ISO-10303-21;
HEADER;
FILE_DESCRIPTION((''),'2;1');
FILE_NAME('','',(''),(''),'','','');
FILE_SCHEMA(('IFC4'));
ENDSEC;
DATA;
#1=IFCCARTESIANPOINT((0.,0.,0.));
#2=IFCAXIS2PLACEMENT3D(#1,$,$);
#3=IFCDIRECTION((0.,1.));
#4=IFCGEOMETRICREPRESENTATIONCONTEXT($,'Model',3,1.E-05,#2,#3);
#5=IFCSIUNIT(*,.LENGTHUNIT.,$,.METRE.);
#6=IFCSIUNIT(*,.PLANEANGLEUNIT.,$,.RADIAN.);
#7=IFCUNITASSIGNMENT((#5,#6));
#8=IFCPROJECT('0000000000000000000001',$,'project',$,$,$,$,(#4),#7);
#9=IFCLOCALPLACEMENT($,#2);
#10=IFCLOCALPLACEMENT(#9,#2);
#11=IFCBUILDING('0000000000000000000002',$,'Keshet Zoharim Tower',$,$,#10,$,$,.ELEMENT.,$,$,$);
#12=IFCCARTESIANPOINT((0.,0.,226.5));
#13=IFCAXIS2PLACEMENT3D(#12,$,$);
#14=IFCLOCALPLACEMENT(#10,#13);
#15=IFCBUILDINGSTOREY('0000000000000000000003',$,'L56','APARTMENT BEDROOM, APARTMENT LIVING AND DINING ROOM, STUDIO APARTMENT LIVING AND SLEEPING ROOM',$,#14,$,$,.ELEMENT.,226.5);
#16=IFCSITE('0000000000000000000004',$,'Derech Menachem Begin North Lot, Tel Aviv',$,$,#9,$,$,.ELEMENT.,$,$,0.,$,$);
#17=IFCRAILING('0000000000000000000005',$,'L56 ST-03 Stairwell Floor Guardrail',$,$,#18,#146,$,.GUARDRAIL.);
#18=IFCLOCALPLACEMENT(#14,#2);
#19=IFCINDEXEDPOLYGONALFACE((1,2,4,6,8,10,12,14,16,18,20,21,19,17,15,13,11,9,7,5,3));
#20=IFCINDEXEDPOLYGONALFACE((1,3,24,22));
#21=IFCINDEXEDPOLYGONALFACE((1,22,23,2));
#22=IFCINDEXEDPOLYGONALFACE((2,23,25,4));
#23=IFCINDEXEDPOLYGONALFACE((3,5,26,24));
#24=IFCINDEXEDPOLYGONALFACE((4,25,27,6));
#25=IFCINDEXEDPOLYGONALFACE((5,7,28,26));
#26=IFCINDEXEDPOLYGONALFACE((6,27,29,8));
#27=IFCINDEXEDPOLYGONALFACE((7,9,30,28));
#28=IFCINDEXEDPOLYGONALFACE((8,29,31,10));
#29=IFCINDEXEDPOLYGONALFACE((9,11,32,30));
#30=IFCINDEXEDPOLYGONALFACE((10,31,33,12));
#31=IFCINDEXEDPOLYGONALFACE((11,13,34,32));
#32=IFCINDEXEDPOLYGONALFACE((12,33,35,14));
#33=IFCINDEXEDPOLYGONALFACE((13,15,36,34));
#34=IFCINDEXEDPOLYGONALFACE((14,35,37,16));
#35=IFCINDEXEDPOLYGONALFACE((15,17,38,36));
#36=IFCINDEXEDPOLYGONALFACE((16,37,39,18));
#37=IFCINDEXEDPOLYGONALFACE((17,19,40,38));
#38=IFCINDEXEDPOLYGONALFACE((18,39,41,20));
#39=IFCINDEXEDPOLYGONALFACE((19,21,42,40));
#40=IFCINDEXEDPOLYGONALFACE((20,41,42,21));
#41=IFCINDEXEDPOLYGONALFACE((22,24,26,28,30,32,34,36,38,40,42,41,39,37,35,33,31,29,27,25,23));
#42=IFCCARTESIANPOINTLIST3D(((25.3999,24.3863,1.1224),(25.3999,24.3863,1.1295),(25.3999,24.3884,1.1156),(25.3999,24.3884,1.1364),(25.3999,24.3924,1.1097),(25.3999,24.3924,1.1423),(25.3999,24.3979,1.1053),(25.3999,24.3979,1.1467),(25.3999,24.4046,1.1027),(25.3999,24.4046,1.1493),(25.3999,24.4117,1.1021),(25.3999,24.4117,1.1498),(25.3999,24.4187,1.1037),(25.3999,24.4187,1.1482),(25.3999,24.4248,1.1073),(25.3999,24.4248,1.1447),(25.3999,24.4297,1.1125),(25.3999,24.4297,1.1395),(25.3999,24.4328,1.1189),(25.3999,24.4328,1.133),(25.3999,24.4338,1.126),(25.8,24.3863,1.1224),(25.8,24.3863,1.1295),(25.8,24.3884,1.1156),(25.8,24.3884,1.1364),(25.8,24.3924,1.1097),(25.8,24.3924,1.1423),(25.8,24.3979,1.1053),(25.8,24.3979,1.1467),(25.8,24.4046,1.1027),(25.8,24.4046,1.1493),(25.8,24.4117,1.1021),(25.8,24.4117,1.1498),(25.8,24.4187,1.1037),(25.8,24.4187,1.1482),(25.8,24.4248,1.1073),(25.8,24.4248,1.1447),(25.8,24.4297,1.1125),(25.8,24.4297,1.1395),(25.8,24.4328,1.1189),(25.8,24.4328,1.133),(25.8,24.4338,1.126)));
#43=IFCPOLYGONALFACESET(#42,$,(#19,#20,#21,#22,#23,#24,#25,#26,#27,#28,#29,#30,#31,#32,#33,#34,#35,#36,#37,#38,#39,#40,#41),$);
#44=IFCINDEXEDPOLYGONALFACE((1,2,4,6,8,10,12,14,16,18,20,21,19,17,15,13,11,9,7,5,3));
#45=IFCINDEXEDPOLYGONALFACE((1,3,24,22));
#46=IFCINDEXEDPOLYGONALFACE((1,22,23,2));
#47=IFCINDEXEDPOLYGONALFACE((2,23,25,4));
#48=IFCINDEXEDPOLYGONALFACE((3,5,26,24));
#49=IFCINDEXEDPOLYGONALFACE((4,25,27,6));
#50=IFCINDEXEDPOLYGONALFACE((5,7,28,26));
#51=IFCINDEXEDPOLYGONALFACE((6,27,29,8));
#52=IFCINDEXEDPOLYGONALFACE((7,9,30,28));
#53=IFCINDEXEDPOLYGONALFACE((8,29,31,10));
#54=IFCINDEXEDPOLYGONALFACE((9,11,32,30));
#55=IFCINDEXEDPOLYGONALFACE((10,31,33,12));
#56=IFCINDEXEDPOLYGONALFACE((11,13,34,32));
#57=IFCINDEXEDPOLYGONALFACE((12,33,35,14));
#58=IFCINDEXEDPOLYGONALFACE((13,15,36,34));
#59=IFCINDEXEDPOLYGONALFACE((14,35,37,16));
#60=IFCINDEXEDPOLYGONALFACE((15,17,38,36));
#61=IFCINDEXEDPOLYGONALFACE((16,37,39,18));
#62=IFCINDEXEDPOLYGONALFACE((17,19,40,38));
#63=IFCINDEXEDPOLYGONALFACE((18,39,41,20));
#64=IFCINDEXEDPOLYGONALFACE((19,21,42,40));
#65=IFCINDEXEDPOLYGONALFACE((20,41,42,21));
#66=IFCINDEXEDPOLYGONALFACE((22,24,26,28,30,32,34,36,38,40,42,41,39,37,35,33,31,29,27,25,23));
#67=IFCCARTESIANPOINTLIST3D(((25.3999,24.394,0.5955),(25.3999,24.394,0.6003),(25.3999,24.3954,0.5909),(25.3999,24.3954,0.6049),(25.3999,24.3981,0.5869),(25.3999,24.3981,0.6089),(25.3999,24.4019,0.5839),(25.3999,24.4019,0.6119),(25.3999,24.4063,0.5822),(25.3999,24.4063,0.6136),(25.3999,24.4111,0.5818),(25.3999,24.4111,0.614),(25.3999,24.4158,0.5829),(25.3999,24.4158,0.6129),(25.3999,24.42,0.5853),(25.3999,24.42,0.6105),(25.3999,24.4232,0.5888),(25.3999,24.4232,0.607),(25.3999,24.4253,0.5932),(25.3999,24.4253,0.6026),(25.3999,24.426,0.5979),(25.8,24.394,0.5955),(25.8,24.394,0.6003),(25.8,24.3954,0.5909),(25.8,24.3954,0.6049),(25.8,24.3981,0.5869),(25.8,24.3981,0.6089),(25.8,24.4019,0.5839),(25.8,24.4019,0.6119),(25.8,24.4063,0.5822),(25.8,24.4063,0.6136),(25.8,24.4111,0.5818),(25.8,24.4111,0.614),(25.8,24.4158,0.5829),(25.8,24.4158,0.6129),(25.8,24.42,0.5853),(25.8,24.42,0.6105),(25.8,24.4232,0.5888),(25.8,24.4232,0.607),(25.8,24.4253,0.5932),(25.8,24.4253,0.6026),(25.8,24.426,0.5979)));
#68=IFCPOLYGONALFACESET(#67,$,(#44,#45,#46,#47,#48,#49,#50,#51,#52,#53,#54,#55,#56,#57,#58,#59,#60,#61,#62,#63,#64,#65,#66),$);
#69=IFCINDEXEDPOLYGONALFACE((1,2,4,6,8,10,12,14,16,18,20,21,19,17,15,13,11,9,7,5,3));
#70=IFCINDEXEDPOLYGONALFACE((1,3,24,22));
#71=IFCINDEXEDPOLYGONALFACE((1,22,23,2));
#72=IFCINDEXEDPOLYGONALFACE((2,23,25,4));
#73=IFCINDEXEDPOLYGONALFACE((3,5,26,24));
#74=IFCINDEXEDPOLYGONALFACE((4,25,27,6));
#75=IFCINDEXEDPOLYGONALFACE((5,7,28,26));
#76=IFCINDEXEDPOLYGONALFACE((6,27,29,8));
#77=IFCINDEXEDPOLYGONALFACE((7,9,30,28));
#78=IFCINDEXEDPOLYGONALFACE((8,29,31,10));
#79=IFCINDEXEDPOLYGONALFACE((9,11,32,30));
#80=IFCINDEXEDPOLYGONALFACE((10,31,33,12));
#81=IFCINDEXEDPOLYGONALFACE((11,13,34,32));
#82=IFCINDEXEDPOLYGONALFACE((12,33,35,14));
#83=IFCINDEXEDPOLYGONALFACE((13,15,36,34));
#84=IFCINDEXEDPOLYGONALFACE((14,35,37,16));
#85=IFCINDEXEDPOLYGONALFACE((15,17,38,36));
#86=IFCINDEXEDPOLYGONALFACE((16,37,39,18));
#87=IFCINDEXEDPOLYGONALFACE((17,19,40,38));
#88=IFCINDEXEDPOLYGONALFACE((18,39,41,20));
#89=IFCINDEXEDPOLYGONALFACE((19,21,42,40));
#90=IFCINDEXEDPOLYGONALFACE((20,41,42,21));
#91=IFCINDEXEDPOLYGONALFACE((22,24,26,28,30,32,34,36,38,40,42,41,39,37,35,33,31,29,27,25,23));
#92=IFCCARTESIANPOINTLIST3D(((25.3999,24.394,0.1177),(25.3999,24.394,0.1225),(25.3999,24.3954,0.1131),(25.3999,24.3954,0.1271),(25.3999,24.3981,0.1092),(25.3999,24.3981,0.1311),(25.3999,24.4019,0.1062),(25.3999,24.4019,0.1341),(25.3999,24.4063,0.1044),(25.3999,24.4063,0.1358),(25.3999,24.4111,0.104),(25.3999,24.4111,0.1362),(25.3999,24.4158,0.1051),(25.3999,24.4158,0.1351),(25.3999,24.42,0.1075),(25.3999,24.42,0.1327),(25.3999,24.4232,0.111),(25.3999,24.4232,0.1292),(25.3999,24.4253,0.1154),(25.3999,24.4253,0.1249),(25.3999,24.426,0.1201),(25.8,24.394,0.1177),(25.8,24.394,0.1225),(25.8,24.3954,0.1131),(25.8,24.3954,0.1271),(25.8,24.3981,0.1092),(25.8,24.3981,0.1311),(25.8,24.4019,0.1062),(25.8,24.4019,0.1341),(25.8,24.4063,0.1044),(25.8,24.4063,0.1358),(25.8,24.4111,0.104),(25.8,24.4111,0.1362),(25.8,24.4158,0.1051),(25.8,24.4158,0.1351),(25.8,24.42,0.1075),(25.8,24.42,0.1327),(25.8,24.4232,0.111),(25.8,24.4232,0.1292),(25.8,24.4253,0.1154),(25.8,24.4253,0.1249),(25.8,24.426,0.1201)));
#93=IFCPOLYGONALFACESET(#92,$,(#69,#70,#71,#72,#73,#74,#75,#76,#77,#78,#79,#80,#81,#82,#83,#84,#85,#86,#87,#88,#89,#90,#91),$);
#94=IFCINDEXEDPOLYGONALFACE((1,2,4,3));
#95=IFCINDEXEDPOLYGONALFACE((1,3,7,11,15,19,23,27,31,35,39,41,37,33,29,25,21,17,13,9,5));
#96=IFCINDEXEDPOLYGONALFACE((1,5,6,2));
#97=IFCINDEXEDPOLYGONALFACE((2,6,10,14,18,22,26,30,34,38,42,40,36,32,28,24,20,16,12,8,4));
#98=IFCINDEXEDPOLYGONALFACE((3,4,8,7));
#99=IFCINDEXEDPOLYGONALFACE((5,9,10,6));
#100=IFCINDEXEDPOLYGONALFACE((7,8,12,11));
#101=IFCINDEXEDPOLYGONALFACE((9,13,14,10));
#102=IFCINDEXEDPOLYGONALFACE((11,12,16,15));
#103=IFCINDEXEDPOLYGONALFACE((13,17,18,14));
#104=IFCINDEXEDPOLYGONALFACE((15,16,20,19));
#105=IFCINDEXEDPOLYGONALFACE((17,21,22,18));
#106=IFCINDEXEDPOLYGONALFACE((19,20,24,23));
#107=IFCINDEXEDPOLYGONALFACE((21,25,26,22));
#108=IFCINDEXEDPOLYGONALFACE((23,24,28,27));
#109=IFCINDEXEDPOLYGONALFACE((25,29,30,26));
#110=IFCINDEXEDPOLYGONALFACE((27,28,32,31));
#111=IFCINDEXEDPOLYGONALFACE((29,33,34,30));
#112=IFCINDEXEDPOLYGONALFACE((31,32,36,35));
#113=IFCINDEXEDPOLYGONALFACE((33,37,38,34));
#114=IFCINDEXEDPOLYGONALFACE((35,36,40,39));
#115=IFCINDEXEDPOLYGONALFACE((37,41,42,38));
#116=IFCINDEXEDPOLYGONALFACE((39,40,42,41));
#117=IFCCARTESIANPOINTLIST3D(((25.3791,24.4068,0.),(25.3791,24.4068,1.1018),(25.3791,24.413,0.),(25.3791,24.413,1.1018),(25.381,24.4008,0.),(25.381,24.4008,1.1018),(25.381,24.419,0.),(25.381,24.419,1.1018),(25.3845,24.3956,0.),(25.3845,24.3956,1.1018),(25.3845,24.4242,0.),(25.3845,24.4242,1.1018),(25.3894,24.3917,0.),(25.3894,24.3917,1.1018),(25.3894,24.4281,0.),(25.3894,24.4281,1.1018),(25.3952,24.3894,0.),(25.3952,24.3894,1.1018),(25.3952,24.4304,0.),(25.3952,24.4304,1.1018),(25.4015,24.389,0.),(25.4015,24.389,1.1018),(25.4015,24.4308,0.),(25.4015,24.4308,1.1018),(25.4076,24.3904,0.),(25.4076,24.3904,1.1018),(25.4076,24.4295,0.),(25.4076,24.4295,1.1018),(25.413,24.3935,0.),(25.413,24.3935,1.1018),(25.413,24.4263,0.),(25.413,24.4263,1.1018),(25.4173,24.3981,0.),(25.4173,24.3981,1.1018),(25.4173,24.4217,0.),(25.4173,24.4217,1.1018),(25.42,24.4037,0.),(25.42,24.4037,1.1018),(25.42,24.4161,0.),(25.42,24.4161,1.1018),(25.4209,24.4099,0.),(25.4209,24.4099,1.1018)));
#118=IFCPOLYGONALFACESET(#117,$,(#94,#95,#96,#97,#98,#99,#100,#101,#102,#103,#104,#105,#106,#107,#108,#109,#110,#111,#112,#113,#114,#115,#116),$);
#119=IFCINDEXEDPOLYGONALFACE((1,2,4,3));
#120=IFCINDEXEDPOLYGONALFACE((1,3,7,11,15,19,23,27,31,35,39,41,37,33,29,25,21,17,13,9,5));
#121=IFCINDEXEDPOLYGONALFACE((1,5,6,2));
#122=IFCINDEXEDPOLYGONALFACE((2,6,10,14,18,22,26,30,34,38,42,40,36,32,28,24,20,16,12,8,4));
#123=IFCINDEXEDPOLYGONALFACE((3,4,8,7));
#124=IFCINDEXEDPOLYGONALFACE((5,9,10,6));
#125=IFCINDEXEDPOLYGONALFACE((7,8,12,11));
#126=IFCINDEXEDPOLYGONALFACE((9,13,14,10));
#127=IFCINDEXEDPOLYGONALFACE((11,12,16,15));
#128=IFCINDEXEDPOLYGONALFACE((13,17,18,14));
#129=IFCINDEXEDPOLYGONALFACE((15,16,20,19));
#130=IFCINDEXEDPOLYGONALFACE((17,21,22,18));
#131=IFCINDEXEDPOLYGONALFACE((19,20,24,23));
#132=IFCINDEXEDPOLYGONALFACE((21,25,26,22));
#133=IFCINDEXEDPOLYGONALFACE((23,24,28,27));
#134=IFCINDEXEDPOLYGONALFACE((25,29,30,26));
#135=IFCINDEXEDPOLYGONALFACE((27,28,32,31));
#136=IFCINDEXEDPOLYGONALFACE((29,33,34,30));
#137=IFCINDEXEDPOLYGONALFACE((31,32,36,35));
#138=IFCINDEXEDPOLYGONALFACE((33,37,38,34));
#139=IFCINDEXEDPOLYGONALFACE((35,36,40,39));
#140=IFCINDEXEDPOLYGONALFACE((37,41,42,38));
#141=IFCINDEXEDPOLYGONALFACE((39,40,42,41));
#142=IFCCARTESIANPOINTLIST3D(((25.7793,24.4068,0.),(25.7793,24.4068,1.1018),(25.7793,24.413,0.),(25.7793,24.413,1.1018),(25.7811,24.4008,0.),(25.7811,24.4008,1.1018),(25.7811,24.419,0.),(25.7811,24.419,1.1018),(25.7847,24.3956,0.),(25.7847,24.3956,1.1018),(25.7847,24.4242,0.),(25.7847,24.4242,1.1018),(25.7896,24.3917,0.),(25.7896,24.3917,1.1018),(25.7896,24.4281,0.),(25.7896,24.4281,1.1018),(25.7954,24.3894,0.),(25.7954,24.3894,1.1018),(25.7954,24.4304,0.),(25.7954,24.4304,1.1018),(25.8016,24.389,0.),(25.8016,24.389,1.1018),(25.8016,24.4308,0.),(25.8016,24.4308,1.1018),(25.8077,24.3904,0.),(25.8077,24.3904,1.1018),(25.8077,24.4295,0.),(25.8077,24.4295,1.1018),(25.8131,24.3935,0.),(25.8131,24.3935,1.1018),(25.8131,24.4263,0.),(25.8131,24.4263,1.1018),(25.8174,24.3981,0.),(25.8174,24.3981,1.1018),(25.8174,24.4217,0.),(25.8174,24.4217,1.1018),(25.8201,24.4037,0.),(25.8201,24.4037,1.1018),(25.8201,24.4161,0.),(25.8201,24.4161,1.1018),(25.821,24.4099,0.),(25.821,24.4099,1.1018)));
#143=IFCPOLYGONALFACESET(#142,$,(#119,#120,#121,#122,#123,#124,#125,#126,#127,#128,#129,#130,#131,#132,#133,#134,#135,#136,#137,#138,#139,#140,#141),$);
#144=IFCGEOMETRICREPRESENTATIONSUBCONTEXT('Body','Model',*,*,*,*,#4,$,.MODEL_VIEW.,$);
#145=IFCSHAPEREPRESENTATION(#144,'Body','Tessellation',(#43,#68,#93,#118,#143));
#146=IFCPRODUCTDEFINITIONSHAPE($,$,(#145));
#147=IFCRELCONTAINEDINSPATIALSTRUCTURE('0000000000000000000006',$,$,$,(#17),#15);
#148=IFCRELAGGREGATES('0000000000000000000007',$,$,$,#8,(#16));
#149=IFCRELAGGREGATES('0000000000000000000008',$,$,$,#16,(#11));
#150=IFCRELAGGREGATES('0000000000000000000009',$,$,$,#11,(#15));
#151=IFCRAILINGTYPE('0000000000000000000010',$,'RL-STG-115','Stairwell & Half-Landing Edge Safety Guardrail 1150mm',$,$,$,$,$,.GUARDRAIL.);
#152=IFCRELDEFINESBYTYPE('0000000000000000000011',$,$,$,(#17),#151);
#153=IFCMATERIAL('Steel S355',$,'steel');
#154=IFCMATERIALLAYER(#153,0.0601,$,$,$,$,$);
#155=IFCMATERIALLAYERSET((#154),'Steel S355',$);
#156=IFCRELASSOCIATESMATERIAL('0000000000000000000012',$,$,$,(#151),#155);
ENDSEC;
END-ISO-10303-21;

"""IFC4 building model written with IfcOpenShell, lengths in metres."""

from ifc_helpers import new_model, si_unit, direction, frame, origin, origin_2d, place, context, subcontext, project, spatial, circle, extrude, material, layer, layer_set, type_object, element, save


model = new_model("IFC4")

# Units and contexts
model_context = context("Model", 3, precision=1e-05, world=origin(), true_north=direction((0.0, 1.0)))
body_context = subcontext(model_context, "Body", "Model", "MODEL_VIEW")
ifc_project = project(units=[si_unit("LENGTHUNIT", "METRE"), si_unit("PLANEANGLEUNIT", "RADIAN")], contexts=[model_context])

# Site, building, storey
site_placement = place(None, origin())
site = spatial("IfcSite", under=ifc_project, at=site_placement, Name="Derech Menachem Begin North Lot, Tel Aviv", CompositionType="ELEMENT", RefElevation=0.0)
building_placement = place(site_placement, origin())
building = spatial("IfcBuilding", under=site, at=building_placement, Name="Keshet Zoharim Tower", CompositionType="ELEMENT")
storey_placement = place(building_placement, frame((0.0, 0.0, 226.5)))
storey = spatial("IfcBuildingStorey", under=building, at=storey_placement, Name="L56", Description="APARTMENT BEDROOM, APARTMENT LIVING AND DINING ROOM, STUDIO APARTMENT LIVING AND SLEEPING ROOM", CompositionType="ELEMENT", Elevation=226.5)

# Railing
ifc_material_1 = material(Name="Steel S355", Category="steel")
ifc_layer_1 = layer(ifc_material_1, 0.0601)
ifc_layer_set_1 = layer_set([ifc_layer_1], Name="Steel S355")
railing_type_1 = type_object("IfcRailingType", Name="RL-STG-115", Description="Stairwell & Half-Landing Edge Safety Guardrail 1150mm", PredefinedType="GUARDRAIL", material=ifc_layer_set_1)
railing_1_placement = place(storey_placement, frame((25.3999, 24.4099, 0.0)))
element("IfcRailing", 1, at=railing_1_placement, inside=storey, type_object=railing_type_1, Name="L56 ST-03 Stairwell Floor Guardrail", PredefinedType="GUARDRAIL", context=body_context, shape_type="SweptSolid", body=[
    extrude(circle(Radius=0.0239, at=origin_2d()), frame((0.0, 0.0, 1.126), z_axis=(1.0, 0.0, 0.0), x_axis=(0.0, 1.0, 0.0)), (0.0, 0.0, 1.0), 0.4001),
    extrude(circle(Radius=0.0161, at=origin_2d()), frame((0.0, 0.0, 0.5979), z_axis=(1.0, 0.0, 0.0), x_axis=(0.0, 1.0, 0.0)), (0.0, 0.0, 1.0), 0.4001),
    extrude(circle(Radius=0.0161, at=origin_2d()), frame((0.0, 0.0, 0.1201), z_axis=(1.0, 0.0, 0.0), x_axis=(0.0, 1.0, 0.0)), (0.0, 0.0, 1.0), 0.4001),
    extrude(circle(Radius=0.021, at=origin_2d()), origin(), (0.0, 0.0, 1.0), 1.1018),
    extrude(circle(Radius=0.021, at=origin_2d()), frame((0.4001, 0.0, 0.0)), (0.0, 0.0, 1.0), 1.1018),
])

save(model, "model.ifc")
